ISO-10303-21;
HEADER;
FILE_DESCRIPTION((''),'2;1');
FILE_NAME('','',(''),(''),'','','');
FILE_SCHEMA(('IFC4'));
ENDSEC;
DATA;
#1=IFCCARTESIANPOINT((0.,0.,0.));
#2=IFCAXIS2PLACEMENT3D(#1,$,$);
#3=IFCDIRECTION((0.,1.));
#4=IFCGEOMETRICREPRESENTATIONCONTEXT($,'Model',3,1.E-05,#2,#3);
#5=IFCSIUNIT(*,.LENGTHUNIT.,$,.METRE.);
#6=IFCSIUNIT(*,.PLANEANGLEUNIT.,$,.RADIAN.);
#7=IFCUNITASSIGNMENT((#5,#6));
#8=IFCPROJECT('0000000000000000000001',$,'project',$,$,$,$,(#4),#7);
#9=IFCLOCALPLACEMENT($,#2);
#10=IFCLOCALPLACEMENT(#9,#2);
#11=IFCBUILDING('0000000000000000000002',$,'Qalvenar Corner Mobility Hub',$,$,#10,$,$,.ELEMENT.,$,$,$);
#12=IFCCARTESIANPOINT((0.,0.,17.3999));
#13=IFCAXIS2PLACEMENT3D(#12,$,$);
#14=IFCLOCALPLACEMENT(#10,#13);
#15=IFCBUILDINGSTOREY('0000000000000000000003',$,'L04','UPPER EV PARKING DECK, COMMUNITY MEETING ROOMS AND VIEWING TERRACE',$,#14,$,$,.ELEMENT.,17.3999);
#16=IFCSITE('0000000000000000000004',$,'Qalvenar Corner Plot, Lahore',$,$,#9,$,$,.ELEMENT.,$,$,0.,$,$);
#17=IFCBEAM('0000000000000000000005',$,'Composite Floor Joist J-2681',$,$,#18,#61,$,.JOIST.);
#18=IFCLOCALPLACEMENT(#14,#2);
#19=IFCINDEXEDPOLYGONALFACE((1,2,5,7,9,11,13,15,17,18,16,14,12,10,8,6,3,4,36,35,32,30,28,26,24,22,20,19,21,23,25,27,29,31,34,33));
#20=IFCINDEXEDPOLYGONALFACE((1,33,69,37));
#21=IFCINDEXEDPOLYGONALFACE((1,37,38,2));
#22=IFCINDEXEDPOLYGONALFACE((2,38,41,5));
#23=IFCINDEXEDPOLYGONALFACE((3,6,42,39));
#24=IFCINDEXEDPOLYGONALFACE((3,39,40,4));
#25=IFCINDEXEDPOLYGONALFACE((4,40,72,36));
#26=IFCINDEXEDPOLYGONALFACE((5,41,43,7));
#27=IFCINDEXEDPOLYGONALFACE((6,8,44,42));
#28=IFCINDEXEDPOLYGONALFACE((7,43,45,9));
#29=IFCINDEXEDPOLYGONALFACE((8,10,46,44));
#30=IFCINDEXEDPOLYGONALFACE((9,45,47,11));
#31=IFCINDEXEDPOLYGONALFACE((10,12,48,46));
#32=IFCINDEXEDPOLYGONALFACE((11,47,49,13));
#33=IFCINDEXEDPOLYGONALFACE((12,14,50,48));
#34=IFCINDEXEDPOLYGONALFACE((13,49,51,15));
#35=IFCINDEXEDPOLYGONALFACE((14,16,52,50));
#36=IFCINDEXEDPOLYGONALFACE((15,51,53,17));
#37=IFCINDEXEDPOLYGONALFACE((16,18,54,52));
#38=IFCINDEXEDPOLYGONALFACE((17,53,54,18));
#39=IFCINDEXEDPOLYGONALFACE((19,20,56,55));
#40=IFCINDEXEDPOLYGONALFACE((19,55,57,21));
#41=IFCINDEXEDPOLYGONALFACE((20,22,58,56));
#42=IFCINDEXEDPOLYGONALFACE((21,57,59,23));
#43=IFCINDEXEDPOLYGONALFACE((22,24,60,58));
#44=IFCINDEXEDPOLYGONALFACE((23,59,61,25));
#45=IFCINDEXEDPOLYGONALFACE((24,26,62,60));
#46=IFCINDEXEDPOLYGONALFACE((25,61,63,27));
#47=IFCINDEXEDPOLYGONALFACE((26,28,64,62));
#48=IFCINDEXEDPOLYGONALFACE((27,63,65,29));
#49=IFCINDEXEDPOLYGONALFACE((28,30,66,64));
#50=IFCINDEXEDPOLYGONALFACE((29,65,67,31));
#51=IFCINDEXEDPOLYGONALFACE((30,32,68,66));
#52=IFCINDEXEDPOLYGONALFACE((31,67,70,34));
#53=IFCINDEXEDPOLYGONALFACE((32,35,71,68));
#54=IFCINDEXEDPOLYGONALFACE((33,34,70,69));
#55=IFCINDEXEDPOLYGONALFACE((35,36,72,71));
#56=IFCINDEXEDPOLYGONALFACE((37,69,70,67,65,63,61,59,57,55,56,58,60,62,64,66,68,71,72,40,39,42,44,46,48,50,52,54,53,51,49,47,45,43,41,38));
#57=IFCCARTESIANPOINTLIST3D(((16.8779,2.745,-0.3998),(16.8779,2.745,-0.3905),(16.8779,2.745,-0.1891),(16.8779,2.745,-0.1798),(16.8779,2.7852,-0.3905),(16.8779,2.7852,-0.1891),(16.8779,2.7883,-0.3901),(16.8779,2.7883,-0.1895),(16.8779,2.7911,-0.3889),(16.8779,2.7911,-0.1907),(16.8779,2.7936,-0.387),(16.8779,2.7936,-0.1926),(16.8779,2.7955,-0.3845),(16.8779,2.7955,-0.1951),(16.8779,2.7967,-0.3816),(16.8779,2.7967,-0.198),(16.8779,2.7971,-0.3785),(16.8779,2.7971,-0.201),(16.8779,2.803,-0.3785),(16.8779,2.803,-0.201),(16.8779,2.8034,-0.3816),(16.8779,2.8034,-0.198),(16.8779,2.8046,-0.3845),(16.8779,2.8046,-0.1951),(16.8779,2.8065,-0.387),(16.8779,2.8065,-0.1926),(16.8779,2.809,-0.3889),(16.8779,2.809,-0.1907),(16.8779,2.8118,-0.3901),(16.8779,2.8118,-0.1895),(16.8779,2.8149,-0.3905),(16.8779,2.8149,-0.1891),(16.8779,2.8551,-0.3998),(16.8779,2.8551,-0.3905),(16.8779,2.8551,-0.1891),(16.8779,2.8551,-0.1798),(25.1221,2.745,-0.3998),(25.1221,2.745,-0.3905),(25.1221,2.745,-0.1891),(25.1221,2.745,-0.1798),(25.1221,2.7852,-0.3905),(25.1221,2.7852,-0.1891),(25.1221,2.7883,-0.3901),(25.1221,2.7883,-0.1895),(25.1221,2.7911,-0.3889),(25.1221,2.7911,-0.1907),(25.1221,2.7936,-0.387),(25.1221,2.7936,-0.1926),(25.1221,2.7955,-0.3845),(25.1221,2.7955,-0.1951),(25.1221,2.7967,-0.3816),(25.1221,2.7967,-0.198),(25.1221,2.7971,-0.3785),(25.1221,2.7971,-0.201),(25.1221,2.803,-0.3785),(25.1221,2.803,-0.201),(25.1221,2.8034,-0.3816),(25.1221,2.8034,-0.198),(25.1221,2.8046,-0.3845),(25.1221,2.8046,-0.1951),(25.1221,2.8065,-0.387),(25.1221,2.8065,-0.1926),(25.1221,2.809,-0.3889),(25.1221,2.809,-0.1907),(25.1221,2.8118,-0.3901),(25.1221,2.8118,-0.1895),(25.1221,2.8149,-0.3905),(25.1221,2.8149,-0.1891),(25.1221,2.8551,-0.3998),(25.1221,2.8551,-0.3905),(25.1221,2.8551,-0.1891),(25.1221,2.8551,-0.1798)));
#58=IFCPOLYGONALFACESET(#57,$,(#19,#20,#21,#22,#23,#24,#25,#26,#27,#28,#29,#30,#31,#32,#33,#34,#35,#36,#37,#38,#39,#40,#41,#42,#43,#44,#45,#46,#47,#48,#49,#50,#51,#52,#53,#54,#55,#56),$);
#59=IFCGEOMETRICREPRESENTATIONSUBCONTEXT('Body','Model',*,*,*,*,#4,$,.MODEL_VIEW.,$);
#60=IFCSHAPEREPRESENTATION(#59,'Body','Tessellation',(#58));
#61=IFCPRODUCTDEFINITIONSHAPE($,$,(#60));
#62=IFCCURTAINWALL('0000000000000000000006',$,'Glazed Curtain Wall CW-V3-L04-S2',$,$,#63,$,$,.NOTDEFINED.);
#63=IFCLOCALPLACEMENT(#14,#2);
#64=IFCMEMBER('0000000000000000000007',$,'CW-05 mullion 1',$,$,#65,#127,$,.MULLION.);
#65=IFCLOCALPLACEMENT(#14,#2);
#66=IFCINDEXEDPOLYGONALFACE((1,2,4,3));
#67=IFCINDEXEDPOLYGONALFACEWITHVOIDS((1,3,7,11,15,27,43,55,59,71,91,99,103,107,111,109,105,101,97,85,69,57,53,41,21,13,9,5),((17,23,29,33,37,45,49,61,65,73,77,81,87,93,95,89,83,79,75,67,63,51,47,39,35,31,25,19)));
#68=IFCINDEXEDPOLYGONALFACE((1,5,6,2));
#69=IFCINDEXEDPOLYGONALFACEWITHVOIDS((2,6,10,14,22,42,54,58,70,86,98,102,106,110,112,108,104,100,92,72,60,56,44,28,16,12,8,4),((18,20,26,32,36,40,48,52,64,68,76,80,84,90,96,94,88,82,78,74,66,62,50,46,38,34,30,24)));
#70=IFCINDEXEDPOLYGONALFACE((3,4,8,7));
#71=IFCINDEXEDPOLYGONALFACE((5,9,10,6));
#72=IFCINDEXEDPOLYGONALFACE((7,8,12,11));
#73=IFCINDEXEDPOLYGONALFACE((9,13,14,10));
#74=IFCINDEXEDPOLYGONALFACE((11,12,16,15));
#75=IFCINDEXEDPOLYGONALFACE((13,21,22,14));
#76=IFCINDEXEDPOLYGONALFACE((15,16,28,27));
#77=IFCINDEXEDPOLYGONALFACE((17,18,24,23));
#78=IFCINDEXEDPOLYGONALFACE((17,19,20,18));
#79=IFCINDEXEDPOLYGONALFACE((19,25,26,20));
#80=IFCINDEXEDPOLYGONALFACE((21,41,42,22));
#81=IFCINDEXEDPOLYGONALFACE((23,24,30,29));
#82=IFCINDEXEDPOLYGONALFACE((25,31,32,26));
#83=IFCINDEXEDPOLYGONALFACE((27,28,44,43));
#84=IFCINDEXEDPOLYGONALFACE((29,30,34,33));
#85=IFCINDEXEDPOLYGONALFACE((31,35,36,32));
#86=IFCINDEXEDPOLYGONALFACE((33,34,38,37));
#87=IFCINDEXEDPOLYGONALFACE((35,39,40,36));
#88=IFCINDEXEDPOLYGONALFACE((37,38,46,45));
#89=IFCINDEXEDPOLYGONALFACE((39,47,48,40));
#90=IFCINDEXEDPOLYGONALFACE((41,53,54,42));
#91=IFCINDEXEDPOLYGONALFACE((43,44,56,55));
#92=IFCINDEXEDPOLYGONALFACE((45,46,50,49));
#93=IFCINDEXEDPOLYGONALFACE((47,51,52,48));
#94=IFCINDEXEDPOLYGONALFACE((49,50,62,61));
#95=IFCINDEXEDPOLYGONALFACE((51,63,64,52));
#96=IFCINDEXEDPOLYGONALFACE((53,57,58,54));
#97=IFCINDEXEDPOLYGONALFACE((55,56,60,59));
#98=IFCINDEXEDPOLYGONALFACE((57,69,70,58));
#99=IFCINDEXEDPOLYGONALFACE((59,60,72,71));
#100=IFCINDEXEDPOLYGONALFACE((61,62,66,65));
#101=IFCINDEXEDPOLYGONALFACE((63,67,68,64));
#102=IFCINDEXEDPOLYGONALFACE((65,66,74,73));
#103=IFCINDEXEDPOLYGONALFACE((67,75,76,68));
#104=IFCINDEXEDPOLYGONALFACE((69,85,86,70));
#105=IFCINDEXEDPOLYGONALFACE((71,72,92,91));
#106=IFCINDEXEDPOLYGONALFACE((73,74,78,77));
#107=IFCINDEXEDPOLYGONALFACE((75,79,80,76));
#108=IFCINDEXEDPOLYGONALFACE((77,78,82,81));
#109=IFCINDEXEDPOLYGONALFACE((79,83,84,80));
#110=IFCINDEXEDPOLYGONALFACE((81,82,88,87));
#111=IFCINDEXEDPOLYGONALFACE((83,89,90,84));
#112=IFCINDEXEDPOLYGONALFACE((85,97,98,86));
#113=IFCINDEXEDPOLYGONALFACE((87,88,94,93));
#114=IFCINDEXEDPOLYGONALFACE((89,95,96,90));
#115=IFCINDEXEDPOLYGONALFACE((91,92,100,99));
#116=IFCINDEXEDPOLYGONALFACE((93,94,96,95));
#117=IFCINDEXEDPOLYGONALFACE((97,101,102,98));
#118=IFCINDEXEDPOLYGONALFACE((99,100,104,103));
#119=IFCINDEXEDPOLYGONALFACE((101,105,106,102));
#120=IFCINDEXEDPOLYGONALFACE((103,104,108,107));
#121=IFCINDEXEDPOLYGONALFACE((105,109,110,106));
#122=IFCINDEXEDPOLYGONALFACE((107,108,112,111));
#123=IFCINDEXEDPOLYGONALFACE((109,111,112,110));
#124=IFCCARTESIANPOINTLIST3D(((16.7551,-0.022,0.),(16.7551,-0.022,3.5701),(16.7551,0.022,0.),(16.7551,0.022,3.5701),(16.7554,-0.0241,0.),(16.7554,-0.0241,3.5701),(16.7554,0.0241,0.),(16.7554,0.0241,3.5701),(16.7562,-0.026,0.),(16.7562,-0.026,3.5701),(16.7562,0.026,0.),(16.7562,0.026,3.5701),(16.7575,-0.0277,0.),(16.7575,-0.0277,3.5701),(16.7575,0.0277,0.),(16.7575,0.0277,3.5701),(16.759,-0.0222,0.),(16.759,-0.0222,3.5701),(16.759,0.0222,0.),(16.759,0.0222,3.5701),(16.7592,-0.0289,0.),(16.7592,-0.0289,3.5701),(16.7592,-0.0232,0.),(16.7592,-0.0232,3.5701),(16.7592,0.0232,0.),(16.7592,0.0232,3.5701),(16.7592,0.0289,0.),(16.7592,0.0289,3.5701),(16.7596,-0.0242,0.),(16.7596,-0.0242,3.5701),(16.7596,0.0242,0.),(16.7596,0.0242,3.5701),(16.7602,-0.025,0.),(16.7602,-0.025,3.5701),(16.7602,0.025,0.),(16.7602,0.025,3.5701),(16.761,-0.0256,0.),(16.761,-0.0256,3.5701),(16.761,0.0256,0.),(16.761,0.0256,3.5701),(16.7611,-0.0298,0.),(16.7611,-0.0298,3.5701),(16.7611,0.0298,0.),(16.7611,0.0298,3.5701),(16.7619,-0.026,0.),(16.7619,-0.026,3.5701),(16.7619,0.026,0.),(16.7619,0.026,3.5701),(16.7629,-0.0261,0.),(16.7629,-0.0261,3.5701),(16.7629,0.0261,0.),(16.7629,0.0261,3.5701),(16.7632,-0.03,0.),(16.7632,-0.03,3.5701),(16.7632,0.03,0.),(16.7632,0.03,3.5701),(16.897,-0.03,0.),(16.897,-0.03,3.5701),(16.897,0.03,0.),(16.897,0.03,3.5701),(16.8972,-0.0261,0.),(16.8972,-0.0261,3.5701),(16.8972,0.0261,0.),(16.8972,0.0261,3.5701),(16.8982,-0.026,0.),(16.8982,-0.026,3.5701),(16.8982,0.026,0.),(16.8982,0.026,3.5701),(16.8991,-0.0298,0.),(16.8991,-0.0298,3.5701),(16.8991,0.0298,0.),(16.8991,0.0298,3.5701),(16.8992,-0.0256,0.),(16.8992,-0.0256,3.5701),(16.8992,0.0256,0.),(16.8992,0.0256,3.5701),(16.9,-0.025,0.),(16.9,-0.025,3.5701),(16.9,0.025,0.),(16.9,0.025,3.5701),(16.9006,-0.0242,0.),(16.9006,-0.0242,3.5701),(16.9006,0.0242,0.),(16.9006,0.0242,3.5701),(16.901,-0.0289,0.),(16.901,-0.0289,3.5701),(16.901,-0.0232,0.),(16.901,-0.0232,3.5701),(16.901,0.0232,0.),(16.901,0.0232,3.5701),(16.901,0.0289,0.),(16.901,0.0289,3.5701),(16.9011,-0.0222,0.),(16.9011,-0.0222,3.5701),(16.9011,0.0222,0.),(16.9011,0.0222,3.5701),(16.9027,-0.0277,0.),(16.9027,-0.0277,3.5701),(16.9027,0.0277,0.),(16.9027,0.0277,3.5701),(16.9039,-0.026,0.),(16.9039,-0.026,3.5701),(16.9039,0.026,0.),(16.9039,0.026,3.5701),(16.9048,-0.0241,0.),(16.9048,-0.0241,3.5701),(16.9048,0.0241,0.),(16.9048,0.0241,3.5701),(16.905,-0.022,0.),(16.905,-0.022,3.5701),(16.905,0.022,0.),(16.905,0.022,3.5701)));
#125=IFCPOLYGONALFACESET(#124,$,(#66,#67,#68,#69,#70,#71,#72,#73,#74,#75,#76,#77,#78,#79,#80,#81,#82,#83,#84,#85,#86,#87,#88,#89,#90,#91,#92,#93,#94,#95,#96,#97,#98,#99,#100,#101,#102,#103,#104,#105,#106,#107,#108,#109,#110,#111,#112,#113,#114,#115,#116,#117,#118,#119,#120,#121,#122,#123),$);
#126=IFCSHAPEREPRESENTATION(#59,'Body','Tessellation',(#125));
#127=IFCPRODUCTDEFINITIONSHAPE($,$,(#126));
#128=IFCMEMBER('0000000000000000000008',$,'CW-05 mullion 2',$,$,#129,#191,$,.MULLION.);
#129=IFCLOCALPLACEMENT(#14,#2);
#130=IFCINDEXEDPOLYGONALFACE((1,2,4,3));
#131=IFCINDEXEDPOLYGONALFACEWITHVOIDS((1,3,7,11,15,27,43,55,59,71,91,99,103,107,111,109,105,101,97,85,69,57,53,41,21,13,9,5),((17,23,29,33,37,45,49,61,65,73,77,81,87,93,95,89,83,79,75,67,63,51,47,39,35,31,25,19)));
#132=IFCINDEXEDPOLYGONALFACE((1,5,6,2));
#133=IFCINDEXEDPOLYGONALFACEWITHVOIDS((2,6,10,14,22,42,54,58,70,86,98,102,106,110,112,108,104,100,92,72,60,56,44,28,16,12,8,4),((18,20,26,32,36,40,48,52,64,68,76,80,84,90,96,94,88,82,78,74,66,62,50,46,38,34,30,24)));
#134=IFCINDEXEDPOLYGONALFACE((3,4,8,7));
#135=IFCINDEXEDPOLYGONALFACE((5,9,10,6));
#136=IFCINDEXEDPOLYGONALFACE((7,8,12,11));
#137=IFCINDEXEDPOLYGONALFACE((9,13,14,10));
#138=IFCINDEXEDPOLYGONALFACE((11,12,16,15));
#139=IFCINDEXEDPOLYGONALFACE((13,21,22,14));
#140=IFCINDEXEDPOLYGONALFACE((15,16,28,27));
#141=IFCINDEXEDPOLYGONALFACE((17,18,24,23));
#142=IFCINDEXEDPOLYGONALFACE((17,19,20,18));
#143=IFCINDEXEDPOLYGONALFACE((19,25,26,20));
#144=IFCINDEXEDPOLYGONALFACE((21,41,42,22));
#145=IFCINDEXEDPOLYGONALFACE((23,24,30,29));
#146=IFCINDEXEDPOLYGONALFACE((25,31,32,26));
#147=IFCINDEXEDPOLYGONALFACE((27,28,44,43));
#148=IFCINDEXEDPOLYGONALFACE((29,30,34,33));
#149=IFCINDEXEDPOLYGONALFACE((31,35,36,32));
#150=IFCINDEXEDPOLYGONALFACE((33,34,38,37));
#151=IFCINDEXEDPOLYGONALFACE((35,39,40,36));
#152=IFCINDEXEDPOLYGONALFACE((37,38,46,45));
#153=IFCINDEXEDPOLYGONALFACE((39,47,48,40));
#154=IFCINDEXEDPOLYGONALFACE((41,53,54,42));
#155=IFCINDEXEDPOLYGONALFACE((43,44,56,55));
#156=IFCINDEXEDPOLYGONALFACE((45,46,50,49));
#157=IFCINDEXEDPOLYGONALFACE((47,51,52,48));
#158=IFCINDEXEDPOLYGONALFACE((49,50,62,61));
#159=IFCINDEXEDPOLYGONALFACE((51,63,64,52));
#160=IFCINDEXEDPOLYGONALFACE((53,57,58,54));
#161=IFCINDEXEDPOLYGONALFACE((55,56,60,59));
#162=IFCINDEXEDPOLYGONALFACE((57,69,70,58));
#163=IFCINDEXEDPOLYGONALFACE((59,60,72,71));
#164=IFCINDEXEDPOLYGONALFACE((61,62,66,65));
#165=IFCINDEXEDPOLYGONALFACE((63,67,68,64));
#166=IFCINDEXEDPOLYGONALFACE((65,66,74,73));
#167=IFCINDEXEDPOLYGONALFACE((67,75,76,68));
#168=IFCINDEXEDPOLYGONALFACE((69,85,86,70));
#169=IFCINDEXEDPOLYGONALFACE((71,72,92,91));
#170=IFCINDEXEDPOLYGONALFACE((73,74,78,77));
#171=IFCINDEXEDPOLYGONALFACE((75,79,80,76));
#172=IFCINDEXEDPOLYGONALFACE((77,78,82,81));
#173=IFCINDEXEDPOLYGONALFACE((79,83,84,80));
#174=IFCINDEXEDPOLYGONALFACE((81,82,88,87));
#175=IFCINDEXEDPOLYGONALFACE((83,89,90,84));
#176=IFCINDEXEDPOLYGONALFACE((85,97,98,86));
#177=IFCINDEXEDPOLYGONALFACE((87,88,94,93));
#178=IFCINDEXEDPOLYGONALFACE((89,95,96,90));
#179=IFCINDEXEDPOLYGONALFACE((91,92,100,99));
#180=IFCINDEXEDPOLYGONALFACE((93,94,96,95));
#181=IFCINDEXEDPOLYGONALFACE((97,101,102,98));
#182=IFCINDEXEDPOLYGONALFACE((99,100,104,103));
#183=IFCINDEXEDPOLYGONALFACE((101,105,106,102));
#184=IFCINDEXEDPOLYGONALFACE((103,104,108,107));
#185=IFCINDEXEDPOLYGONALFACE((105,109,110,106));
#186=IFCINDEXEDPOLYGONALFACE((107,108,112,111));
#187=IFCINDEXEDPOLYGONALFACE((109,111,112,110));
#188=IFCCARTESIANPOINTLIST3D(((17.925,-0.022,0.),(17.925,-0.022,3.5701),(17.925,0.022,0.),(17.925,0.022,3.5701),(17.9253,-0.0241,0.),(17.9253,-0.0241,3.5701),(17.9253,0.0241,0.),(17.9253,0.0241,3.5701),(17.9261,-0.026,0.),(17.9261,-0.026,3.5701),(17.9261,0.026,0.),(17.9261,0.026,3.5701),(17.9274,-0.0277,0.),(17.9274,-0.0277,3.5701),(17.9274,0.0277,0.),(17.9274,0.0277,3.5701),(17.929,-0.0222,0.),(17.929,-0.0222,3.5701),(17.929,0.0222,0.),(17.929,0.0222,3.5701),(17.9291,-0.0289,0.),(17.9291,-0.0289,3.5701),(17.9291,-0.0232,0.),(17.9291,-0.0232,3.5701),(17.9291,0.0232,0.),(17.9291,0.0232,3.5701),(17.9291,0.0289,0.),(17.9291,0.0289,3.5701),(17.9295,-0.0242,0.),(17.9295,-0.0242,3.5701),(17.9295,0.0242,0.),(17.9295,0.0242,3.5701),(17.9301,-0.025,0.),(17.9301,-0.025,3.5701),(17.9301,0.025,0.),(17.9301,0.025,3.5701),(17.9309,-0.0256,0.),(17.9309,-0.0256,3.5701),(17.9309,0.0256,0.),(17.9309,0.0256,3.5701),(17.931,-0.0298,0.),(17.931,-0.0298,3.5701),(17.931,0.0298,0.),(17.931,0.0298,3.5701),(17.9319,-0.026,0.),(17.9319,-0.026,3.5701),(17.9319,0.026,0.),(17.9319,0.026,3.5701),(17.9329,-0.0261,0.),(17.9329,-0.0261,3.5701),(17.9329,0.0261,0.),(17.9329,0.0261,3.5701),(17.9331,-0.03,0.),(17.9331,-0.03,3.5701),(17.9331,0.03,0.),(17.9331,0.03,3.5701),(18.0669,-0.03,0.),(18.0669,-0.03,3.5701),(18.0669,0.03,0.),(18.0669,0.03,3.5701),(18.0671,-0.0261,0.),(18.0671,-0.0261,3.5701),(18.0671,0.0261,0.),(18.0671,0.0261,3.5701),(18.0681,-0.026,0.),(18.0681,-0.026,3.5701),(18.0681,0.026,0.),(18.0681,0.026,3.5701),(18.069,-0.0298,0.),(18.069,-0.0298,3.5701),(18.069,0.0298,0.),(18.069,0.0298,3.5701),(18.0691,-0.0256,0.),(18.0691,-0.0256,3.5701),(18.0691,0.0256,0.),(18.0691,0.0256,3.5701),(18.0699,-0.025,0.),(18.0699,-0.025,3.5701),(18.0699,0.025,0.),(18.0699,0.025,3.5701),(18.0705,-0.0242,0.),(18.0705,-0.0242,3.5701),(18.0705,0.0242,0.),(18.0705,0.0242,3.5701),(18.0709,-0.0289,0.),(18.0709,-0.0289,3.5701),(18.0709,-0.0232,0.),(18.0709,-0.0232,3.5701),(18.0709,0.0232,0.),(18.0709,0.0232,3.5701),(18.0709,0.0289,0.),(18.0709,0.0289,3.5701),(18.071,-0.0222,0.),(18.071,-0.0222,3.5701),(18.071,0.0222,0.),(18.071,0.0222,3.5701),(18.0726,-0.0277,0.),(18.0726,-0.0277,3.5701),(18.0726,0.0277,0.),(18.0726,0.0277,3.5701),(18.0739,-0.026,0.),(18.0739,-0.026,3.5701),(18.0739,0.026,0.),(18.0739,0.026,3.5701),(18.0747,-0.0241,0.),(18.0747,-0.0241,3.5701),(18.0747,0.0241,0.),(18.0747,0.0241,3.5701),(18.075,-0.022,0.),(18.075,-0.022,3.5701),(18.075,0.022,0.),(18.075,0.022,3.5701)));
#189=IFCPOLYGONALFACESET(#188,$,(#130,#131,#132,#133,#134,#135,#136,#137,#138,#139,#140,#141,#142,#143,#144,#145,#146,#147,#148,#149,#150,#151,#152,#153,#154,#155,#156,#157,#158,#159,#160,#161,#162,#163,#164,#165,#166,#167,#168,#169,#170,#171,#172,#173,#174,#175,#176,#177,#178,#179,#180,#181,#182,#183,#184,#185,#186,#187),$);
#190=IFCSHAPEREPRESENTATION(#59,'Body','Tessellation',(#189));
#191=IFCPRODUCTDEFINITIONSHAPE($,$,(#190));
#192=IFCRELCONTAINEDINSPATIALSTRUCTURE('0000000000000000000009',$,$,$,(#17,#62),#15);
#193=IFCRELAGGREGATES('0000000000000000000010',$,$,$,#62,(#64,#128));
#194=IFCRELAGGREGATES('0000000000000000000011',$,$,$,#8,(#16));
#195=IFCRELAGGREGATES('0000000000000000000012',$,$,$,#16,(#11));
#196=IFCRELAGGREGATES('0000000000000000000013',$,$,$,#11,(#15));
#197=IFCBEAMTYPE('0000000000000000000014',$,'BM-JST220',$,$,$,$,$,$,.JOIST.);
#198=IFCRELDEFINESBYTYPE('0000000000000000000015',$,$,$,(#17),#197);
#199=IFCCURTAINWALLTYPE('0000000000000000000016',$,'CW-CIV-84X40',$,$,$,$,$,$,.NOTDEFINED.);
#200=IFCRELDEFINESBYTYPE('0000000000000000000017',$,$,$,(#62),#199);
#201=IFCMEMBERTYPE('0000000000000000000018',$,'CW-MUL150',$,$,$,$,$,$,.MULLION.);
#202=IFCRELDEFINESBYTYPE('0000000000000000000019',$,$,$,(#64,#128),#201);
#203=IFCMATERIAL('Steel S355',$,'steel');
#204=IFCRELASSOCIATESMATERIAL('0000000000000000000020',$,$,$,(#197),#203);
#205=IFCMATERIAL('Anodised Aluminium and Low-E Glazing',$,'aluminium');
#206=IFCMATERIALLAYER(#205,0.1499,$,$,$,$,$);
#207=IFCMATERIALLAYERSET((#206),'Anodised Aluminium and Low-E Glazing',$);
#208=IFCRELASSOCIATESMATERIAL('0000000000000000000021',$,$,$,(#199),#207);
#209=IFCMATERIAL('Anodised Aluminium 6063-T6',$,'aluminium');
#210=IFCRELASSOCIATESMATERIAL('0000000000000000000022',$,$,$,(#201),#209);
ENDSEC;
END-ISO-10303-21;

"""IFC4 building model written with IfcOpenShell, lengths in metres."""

from ifc_helpers import new_model, si_unit, direction, frame, origin, origin_2d, place, context, subcontext, project, spatial, hollow_rectangle, i_section, extrude, material, layer, layer_set, material_profile, profile_set, type_object, element, aggregate, save


model = new_model("IFC4")

# Units and contexts
model_context = context("Model", 3, precision=1e-05, world=origin(), true_north=direction((0.0, 1.0)))
body_context = subcontext(model_context, "Body", "Model", "MODEL_VIEW")
ifc_project = project(units=[si_unit("LENGTHUNIT", "METRE"), si_unit("PLANEANGLEUNIT", "RADIAN")], contexts=[model_context])

# Site, building, storey
site_placement = place(None, origin())
site = spatial("IfcSite", under=ifc_project, at=site_placement, Name="Qalvenar Corner Plot, Lahore", CompositionType="ELEMENT", RefElevation=0.0)
building_placement = place(site_placement, origin())
building = spatial("IfcBuilding", under=site, at=building_placement, Name="Qalvenar Corner Mobility Hub", CompositionType="ELEMENT")
storey_placement = place(building_placement, frame((0.0, 0.0, 17.3999)))
storey = spatial("IfcBuildingStorey", under=building, at=storey_placement, Name="L04", Description="UPPER EV PARKING DECK, COMMUNITY MEETING ROOMS AND VIEWING TERRACE", CompositionType="ELEMENT", Elevation=17.3999)

# Beam
ifc_material_1 = material(Name="Steel S355", Category="steel")
ifc_material_profile_1 = material_profile(ifc_material_1, i_section(OverallWidth=0.1101, OverallDepth=0.22, WebThickness=0.0059, FlangeThickness=0.0093, FilletRadius=0.012, at=origin_2d()), Name="IPE220")
ifc_profile_set_1 = profile_set([ifc_material_profile_1], Name="Steel S355")
beam_type = type_object("IfcBeamType", Name="BM-JST220", PredefinedType="JOIST", material=ifc_profile_set_1)
beam_placement = place(storey_placement, frame((16.8779, 2.8, -0.2898), z_axis=(1.0, 0.0, 0.0), x_axis=(0.0, 1.0, 0.0)))
element("IfcBeam", 1, at=beam_placement, inside=storey, type_object=beam_type, Name="Composite Floor Joist J-2681", PredefinedType="JOIST", context=body_context, shape_type="SweptSolid", body=[
    extrude(i_section(OverallWidth=0.1101, OverallDepth=0.22, WebThickness=0.0059, FlangeThickness=0.0093, FilletRadius=0.012, at=origin_2d()), origin(), (0.0, 0.0, 1.0), 8.2441),
])

# Curtain wall, members
ifc_material_2 = material(Name="Anodised Aluminium and Low-E Glazing", Category="aluminium")
ifc_layer_1 = layer(ifc_material_2, 0.1499)
ifc_layer_set_1 = layer_set([ifc_layer_1], Name="Anodised Aluminium and Low-E Glazing")
curtain_wall_type = type_object("IfcCurtainWallType", Name="CW-CIV-84X40", PredefinedType="NOTDEFINED", material=ifc_layer_set_1)
curtain_wall_placement = place(storey_placement, origin())
curtain_wall = element("IfcCurtainWall", 2, at=curtain_wall_placement, inside=storey, type_object=curtain_wall_type, Name="Glazed Curtain Wall CW-V3-L04-S2", PredefinedType="NOTDEFINED")
ifc_material_3 = material(Name="Anodised Aluminium 6063-T6", Category="aluminium")
ifc_material_profile_2 = material_profile(ifc_material_3, hollow_rectangle(XDim=0.0601, YDim=0.1499, WallThickness=0.0039, InnerFilletRadius=0.0039, OuterFilletRadius=0.0081, at=origin_2d()), Name="RHS150x60x4")
ifc_profile_set_2 = profile_set([ifc_material_profile_2], Name="Anodised Aluminium 6063-T6")
member_type_1 = type_object("IfcMemberType", Name="CW-MUL150", PredefinedType="MULLION", material=ifc_profile_set_2)
member_1_placement = place(storey_placement, frame((16.8301, 0.0, 0.0), z_axis=(0.0, 0.0, 1.0), x_axis=(0.0, 1.0, 0.0)))
member_1 = element("IfcMember", 3, at=member_1_placement, type_object=member_type_1, Name="CW-05 mullion 1", PredefinedType="MULLION", context=body_context, shape_type="SweptSolid", body=[
    extrude(hollow_rectangle(XDim=0.0601, YDim=0.1499, WallThickness=0.0039, InnerFilletRadius=0.0039, OuterFilletRadius=0.0081, at=origin_2d()), origin(), (0.0, 0.0, 1.0), 3.5701),
])
member_2_placement = place(storey_placement, frame((18.0, 0.0, 0.0), z_axis=(0.0, 0.0, 1.0), x_axis=(0.0, 1.0, 0.0)))
member_2 = element("IfcMember", 4, at=member_2_placement, type_object=member_type_1, Name="CW-05 mullion 2", PredefinedType="MULLION", context=body_context, shape_type="SweptSolid", body=[
    extrude(hollow_rectangle(XDim=0.0601, YDim=0.1499, WallThickness=0.0039, InnerFilletRadius=0.0039, OuterFilletRadius=0.0081, at=origin_2d()), origin(), (0.0, 0.0, 1.0), 3.5701),
])
aggregate(curtain_wall, [member_1, member_2])

save(model, "model.ifc")
